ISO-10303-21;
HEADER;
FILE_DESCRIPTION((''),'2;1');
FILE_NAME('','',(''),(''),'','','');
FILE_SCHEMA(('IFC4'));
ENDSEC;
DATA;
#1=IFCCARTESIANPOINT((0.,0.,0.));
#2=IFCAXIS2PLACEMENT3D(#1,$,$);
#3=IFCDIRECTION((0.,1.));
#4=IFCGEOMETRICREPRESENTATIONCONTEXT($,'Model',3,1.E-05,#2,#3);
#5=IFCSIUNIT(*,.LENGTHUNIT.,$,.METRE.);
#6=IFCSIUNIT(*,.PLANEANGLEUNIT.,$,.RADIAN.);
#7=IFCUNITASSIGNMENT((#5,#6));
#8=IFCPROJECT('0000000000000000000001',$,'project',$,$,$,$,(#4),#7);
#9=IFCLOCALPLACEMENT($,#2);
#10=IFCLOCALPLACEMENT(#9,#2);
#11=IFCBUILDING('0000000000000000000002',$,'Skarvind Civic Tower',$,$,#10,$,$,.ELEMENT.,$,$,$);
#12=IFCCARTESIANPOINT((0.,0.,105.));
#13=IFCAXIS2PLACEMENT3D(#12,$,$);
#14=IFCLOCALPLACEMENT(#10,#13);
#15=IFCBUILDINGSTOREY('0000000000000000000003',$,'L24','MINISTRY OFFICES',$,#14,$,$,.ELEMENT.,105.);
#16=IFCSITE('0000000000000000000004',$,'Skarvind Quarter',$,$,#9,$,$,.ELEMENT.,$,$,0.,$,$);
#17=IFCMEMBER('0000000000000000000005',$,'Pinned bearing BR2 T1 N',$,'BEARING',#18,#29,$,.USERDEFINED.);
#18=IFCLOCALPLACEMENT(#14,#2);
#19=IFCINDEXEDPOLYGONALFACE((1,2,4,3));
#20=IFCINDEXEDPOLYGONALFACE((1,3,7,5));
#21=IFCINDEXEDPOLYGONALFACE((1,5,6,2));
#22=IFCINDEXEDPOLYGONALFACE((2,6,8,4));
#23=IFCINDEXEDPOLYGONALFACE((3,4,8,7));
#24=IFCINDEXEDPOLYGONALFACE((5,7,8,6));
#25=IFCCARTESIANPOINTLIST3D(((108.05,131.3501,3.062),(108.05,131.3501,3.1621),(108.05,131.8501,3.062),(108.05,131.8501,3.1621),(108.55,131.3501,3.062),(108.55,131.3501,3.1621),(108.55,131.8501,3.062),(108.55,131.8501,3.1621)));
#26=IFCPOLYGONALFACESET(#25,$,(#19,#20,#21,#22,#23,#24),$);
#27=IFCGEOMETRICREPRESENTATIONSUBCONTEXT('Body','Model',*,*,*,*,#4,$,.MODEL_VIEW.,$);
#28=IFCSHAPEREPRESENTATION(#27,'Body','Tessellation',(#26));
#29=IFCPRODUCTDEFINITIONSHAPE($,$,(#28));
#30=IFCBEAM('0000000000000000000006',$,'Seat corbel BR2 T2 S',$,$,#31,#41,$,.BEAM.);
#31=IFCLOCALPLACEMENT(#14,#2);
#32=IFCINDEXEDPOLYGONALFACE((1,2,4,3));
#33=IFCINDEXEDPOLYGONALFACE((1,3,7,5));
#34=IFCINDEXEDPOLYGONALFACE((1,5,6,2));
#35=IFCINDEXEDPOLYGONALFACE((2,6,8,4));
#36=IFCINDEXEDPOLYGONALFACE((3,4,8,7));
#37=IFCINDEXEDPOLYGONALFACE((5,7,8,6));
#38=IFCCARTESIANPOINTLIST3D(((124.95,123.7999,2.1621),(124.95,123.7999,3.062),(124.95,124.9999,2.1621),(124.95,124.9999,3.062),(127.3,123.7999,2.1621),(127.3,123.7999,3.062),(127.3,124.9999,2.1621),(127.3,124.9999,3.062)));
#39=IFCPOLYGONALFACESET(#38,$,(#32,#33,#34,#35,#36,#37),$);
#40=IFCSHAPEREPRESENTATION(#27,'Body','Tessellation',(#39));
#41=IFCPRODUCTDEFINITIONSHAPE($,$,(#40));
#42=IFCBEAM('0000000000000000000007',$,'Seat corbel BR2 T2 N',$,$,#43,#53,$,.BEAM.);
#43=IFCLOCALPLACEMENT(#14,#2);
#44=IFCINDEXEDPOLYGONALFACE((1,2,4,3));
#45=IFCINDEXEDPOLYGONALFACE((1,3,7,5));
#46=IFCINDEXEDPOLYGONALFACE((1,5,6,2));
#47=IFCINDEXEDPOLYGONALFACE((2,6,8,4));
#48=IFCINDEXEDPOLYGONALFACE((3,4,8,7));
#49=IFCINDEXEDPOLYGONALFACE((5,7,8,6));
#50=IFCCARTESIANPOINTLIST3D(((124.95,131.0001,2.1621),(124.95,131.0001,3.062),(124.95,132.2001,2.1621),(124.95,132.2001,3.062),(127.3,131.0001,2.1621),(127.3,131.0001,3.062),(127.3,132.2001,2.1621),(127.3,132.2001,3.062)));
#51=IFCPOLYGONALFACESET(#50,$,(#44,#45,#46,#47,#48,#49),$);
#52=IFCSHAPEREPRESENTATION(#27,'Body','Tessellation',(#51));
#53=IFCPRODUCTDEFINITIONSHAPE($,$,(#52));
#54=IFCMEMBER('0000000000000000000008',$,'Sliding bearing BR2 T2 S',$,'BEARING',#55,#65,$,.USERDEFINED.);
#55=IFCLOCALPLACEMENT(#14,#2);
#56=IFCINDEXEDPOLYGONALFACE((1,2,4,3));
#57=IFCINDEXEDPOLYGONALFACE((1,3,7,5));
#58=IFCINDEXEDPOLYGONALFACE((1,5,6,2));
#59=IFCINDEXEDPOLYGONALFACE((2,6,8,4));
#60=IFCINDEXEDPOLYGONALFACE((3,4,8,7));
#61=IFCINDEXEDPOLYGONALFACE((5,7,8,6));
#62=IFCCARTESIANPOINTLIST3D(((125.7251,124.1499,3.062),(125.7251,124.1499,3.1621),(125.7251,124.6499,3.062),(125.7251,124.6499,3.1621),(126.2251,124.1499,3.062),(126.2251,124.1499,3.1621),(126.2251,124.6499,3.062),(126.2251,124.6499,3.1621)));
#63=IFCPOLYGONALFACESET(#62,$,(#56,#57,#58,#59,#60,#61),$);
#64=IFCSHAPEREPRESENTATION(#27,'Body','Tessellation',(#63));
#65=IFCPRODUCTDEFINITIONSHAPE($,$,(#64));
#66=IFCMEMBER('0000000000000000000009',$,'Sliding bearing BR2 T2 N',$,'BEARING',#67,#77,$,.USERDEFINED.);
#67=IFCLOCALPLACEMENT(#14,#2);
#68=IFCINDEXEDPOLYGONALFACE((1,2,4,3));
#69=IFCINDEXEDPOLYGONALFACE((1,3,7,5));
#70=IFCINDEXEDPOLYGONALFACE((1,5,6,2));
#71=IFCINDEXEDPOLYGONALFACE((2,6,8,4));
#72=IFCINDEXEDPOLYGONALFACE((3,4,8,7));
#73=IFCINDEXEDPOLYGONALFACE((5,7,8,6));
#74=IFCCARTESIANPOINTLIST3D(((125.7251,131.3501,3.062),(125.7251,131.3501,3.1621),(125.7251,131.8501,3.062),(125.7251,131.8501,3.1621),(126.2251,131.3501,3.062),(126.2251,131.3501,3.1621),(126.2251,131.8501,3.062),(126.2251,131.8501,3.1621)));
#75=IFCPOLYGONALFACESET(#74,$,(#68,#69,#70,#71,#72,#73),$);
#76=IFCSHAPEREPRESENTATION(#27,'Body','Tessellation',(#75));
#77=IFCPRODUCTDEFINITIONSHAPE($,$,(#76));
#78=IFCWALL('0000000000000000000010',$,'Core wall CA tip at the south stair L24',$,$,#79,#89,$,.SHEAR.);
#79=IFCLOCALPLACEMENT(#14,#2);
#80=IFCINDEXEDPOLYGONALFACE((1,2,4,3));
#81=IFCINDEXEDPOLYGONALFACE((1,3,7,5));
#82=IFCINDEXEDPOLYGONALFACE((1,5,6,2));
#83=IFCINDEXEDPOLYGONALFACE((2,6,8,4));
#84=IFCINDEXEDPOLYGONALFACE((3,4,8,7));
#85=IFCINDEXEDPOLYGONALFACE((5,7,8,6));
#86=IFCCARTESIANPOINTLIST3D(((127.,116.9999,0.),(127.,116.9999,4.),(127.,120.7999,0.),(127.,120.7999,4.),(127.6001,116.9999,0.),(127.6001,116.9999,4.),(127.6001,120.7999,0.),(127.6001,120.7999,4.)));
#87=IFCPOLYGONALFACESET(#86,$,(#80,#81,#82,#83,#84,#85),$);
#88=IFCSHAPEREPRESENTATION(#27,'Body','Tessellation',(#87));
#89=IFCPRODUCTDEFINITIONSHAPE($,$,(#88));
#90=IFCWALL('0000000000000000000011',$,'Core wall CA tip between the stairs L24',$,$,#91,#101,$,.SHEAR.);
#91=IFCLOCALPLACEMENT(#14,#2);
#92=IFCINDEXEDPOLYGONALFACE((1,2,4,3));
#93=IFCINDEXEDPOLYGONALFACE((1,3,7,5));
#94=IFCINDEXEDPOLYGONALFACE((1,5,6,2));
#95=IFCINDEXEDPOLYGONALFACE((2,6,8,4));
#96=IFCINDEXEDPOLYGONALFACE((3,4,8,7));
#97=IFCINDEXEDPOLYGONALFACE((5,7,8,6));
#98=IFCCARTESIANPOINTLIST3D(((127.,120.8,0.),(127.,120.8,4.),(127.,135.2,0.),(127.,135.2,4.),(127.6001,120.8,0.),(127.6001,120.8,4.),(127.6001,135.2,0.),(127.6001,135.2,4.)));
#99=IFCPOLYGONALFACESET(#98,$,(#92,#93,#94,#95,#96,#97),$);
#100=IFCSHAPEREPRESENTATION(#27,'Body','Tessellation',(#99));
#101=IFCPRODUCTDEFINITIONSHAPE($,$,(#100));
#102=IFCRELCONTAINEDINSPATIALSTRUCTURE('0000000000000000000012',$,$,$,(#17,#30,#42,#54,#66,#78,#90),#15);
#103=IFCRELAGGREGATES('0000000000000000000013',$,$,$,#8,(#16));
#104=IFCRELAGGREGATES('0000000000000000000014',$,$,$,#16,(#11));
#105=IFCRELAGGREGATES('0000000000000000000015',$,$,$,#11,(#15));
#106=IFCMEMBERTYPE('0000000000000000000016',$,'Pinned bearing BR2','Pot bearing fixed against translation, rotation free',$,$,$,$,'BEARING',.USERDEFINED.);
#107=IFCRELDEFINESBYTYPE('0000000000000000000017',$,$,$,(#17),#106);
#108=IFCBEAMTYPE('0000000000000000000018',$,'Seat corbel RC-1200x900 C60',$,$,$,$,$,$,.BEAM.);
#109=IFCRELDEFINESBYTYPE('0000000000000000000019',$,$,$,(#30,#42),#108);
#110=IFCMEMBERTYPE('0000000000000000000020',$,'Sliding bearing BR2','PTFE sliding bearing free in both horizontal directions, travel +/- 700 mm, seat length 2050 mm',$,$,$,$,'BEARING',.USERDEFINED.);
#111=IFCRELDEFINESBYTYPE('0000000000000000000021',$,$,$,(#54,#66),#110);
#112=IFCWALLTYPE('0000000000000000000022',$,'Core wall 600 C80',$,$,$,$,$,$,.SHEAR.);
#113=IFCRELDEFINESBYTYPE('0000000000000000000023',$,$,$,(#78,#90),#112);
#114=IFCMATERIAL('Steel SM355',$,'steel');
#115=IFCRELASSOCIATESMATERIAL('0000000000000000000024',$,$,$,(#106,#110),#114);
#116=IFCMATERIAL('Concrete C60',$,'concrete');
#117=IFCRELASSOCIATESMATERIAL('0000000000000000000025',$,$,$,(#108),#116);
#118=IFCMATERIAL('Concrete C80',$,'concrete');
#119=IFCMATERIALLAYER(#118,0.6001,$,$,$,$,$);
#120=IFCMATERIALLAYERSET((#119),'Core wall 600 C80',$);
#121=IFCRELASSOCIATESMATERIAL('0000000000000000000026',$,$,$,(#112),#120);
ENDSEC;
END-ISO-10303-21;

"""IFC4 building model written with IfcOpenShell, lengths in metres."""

from ifc_helpers import new_model, si_unit, direction, frame, frame_2d, origin, origin_2d, place, context, subcontext, project, spatial, rectangle, extrude, material, layer, layer_set, material_profile, profile_set, type_object, element, save


model = new_model("IFC4")

# Units and contexts
model_context = context("Model", 3, precision=1e-05, world=origin(), true_north=direction((0.0, 1.0)))
body_context = subcontext(model_context, "Body", "Model", "MODEL_VIEW")
ifc_project = project(units=[si_unit("LENGTHUNIT", "METRE"), si_unit("PLANEANGLEUNIT", "RADIAN")], contexts=[model_context])

# Site, building, storey
site_placement = place(None, origin())
site = spatial("IfcSite", under=ifc_project, at=site_placement, Name="Skarvind Quarter", CompositionType="ELEMENT", RefElevation=0.0)
building_placement = place(site_placement, origin())
building = spatial("IfcBuilding", under=site, at=building_placement, Name="Skarvind Civic Tower", CompositionType="ELEMENT")
storey_placement = place(building_placement, frame((0.0, 0.0, 105.0)))
storey = spatial("IfcBuildingStorey", under=building, at=storey_placement, Name="L24", Description="MINISTRY OFFICES", CompositionType="ELEMENT", Elevation=105.0)

# Shared definitions
ifc_material_1 = material(Name="Steel SM355", Category="steel")

# Member
member_type_1 = type_object("IfcMemberType", Name="Pinned bearing BR2", Description="Pot bearing fixed against translation, rotation free", ElementType="BEARING", PredefinedType="USERDEFINED", material=ifc_material_1)
for number, where, z_axis, x_axis, name in (
    (1, (108.3, 131.6001, 3.062), (0.0, 0.0, 1.0), (1.0, 0.0, 0.0), "Pinned bearing BR2 T1 N"),
):
    element("IfcMember", number, at=place(storey_placement, frame(where, z_axis=z_axis, x_axis=x_axis)), inside=storey, type_object=member_type_1, Name=name, ObjectType="BEARING", PredefinedType="USERDEFINED", context=body_context, shape_type="SweptSolid", body=[
        extrude(rectangle(XDim=0.5, YDim=0.5, at=origin_2d()), origin(), (0.0, 0.0, 1.0), 0.1001),
    ])

# Beams
ifc_material_2 = material(Name="Concrete C60", Category="concrete")
ifc_material_profile_1 = material_profile(ifc_material_2, rectangle(XDim=1.2, YDim=0.8999, at=origin_2d()), Name="RC-1200x900")
ifc_profile_set_1 = profile_set([ifc_material_profile_1], Name="Concrete C60")
beam_type_1 = type_object("IfcBeamType", Name="Seat corbel RC-1200x900 C60", PredefinedType="BEAM", material=ifc_profile_set_1)
for number, where, z_axis, x_axis, name in (
    (2, (124.95, 124.3999, 2.6121), (1.0, 0.0, 0.0), (0.0, 1.0, 0.0), "Seat corbel BR2 T2 S"),
    (3, (124.95, 131.6001, 2.6121), (1.0, 0.0, 0.0), (0.0, 1.0, 0.0), "Seat corbel BR2 T2 N"),
):
    element("IfcBeam", number, at=place(storey_placement, frame(where, z_axis=z_axis, x_axis=x_axis)), inside=storey, type_object=beam_type_1, Name=name, PredefinedType="BEAM", context=body_context, shape_type="SweptSolid", body=[
        extrude(rectangle(XDim=1.2, YDim=0.8999, at=origin_2d()), origin(), (0.0, 0.0, 1.0), 2.3501),
    ])

# Members
member_type_2 = type_object("IfcMemberType", Name="Sliding bearing BR2", Description="PTFE sliding bearing free in both horizontal directions, travel +/- 700 mm, seat length 2050 mm", ElementType="BEARING", PredefinedType="USERDEFINED", material=ifc_material_1)
for number, where, z_axis, x_axis, name in (
    (4, (125.9751, 124.3999, 3.062), (0.0, 0.0, 1.0), (1.0, 0.0, 0.0), "Sliding bearing BR2 T2 S"),
    (5, (125.9751, 131.6001, 3.062), (0.0, 0.0, 1.0), (1.0, 0.0, 0.0), "Sliding bearing BR2 T2 N"),
):
    element("IfcMember", number, at=place(storey_placement, frame(where, z_axis=z_axis, x_axis=x_axis)), inside=storey, type_object=member_type_2, Name=name, ObjectType="BEARING", PredefinedType="USERDEFINED", context=body_context, shape_type="SweptSolid", body=[
        extrude(rectangle(XDim=0.5, YDim=0.5, at=origin_2d()), origin(), (0.0, 0.0, 1.0), 0.1001),
    ])

# Walls
ifc_material_3 = material(Name="Concrete C80", Category="concrete")
ifc_layer = layer(ifc_material_3, 0.6001)
ifc_layer_set = layer_set([ifc_layer], Name="Core wall 600 C80")
wall_type = type_object("IfcWallType", Name="Core wall 600 C80", PredefinedType="SHEAR", material=ifc_layer_set)
wall_1_placement = place(storey_placement, frame((127.3, 117.0, 0.0), z_axis=(0.0, 0.0, 1.0), x_axis=(0.0, 1.0, 0.0)))
element("IfcWall", 6, at=wall_1_placement, inside=storey, type_object=wall_type, Name="Core wall CA tip at the south stair L24", PredefinedType="SHEAR", context=body_context, shape_type="SweptSolid", body=[
    extrude(rectangle(XDim=3.8, YDim=0.6001, at=frame_2d((1.8999, 0.0))), origin(), (0.0, 0.0, 1.0), 4.0),
])
wall_2_placement = place(storey_placement, frame((127.3, 120.8, 0.0), z_axis=(0.0, 0.0, 1.0), x_axis=(0.0, 1.0, 0.0)))
element("IfcWall", 7, at=wall_2_placement, inside=storey, type_object=wall_type, Name="Core wall CA tip between the stairs L24", PredefinedType="SHEAR", context=body_context, shape_type="SweptSolid", body=[
    extrude(rectangle(XDim=14.3999, YDim=0.6001, at=frame_2d((7.2, 0.0))), origin(), (0.0, 0.0, 1.0), 4.0),
])

save(model, "model.ifc")
